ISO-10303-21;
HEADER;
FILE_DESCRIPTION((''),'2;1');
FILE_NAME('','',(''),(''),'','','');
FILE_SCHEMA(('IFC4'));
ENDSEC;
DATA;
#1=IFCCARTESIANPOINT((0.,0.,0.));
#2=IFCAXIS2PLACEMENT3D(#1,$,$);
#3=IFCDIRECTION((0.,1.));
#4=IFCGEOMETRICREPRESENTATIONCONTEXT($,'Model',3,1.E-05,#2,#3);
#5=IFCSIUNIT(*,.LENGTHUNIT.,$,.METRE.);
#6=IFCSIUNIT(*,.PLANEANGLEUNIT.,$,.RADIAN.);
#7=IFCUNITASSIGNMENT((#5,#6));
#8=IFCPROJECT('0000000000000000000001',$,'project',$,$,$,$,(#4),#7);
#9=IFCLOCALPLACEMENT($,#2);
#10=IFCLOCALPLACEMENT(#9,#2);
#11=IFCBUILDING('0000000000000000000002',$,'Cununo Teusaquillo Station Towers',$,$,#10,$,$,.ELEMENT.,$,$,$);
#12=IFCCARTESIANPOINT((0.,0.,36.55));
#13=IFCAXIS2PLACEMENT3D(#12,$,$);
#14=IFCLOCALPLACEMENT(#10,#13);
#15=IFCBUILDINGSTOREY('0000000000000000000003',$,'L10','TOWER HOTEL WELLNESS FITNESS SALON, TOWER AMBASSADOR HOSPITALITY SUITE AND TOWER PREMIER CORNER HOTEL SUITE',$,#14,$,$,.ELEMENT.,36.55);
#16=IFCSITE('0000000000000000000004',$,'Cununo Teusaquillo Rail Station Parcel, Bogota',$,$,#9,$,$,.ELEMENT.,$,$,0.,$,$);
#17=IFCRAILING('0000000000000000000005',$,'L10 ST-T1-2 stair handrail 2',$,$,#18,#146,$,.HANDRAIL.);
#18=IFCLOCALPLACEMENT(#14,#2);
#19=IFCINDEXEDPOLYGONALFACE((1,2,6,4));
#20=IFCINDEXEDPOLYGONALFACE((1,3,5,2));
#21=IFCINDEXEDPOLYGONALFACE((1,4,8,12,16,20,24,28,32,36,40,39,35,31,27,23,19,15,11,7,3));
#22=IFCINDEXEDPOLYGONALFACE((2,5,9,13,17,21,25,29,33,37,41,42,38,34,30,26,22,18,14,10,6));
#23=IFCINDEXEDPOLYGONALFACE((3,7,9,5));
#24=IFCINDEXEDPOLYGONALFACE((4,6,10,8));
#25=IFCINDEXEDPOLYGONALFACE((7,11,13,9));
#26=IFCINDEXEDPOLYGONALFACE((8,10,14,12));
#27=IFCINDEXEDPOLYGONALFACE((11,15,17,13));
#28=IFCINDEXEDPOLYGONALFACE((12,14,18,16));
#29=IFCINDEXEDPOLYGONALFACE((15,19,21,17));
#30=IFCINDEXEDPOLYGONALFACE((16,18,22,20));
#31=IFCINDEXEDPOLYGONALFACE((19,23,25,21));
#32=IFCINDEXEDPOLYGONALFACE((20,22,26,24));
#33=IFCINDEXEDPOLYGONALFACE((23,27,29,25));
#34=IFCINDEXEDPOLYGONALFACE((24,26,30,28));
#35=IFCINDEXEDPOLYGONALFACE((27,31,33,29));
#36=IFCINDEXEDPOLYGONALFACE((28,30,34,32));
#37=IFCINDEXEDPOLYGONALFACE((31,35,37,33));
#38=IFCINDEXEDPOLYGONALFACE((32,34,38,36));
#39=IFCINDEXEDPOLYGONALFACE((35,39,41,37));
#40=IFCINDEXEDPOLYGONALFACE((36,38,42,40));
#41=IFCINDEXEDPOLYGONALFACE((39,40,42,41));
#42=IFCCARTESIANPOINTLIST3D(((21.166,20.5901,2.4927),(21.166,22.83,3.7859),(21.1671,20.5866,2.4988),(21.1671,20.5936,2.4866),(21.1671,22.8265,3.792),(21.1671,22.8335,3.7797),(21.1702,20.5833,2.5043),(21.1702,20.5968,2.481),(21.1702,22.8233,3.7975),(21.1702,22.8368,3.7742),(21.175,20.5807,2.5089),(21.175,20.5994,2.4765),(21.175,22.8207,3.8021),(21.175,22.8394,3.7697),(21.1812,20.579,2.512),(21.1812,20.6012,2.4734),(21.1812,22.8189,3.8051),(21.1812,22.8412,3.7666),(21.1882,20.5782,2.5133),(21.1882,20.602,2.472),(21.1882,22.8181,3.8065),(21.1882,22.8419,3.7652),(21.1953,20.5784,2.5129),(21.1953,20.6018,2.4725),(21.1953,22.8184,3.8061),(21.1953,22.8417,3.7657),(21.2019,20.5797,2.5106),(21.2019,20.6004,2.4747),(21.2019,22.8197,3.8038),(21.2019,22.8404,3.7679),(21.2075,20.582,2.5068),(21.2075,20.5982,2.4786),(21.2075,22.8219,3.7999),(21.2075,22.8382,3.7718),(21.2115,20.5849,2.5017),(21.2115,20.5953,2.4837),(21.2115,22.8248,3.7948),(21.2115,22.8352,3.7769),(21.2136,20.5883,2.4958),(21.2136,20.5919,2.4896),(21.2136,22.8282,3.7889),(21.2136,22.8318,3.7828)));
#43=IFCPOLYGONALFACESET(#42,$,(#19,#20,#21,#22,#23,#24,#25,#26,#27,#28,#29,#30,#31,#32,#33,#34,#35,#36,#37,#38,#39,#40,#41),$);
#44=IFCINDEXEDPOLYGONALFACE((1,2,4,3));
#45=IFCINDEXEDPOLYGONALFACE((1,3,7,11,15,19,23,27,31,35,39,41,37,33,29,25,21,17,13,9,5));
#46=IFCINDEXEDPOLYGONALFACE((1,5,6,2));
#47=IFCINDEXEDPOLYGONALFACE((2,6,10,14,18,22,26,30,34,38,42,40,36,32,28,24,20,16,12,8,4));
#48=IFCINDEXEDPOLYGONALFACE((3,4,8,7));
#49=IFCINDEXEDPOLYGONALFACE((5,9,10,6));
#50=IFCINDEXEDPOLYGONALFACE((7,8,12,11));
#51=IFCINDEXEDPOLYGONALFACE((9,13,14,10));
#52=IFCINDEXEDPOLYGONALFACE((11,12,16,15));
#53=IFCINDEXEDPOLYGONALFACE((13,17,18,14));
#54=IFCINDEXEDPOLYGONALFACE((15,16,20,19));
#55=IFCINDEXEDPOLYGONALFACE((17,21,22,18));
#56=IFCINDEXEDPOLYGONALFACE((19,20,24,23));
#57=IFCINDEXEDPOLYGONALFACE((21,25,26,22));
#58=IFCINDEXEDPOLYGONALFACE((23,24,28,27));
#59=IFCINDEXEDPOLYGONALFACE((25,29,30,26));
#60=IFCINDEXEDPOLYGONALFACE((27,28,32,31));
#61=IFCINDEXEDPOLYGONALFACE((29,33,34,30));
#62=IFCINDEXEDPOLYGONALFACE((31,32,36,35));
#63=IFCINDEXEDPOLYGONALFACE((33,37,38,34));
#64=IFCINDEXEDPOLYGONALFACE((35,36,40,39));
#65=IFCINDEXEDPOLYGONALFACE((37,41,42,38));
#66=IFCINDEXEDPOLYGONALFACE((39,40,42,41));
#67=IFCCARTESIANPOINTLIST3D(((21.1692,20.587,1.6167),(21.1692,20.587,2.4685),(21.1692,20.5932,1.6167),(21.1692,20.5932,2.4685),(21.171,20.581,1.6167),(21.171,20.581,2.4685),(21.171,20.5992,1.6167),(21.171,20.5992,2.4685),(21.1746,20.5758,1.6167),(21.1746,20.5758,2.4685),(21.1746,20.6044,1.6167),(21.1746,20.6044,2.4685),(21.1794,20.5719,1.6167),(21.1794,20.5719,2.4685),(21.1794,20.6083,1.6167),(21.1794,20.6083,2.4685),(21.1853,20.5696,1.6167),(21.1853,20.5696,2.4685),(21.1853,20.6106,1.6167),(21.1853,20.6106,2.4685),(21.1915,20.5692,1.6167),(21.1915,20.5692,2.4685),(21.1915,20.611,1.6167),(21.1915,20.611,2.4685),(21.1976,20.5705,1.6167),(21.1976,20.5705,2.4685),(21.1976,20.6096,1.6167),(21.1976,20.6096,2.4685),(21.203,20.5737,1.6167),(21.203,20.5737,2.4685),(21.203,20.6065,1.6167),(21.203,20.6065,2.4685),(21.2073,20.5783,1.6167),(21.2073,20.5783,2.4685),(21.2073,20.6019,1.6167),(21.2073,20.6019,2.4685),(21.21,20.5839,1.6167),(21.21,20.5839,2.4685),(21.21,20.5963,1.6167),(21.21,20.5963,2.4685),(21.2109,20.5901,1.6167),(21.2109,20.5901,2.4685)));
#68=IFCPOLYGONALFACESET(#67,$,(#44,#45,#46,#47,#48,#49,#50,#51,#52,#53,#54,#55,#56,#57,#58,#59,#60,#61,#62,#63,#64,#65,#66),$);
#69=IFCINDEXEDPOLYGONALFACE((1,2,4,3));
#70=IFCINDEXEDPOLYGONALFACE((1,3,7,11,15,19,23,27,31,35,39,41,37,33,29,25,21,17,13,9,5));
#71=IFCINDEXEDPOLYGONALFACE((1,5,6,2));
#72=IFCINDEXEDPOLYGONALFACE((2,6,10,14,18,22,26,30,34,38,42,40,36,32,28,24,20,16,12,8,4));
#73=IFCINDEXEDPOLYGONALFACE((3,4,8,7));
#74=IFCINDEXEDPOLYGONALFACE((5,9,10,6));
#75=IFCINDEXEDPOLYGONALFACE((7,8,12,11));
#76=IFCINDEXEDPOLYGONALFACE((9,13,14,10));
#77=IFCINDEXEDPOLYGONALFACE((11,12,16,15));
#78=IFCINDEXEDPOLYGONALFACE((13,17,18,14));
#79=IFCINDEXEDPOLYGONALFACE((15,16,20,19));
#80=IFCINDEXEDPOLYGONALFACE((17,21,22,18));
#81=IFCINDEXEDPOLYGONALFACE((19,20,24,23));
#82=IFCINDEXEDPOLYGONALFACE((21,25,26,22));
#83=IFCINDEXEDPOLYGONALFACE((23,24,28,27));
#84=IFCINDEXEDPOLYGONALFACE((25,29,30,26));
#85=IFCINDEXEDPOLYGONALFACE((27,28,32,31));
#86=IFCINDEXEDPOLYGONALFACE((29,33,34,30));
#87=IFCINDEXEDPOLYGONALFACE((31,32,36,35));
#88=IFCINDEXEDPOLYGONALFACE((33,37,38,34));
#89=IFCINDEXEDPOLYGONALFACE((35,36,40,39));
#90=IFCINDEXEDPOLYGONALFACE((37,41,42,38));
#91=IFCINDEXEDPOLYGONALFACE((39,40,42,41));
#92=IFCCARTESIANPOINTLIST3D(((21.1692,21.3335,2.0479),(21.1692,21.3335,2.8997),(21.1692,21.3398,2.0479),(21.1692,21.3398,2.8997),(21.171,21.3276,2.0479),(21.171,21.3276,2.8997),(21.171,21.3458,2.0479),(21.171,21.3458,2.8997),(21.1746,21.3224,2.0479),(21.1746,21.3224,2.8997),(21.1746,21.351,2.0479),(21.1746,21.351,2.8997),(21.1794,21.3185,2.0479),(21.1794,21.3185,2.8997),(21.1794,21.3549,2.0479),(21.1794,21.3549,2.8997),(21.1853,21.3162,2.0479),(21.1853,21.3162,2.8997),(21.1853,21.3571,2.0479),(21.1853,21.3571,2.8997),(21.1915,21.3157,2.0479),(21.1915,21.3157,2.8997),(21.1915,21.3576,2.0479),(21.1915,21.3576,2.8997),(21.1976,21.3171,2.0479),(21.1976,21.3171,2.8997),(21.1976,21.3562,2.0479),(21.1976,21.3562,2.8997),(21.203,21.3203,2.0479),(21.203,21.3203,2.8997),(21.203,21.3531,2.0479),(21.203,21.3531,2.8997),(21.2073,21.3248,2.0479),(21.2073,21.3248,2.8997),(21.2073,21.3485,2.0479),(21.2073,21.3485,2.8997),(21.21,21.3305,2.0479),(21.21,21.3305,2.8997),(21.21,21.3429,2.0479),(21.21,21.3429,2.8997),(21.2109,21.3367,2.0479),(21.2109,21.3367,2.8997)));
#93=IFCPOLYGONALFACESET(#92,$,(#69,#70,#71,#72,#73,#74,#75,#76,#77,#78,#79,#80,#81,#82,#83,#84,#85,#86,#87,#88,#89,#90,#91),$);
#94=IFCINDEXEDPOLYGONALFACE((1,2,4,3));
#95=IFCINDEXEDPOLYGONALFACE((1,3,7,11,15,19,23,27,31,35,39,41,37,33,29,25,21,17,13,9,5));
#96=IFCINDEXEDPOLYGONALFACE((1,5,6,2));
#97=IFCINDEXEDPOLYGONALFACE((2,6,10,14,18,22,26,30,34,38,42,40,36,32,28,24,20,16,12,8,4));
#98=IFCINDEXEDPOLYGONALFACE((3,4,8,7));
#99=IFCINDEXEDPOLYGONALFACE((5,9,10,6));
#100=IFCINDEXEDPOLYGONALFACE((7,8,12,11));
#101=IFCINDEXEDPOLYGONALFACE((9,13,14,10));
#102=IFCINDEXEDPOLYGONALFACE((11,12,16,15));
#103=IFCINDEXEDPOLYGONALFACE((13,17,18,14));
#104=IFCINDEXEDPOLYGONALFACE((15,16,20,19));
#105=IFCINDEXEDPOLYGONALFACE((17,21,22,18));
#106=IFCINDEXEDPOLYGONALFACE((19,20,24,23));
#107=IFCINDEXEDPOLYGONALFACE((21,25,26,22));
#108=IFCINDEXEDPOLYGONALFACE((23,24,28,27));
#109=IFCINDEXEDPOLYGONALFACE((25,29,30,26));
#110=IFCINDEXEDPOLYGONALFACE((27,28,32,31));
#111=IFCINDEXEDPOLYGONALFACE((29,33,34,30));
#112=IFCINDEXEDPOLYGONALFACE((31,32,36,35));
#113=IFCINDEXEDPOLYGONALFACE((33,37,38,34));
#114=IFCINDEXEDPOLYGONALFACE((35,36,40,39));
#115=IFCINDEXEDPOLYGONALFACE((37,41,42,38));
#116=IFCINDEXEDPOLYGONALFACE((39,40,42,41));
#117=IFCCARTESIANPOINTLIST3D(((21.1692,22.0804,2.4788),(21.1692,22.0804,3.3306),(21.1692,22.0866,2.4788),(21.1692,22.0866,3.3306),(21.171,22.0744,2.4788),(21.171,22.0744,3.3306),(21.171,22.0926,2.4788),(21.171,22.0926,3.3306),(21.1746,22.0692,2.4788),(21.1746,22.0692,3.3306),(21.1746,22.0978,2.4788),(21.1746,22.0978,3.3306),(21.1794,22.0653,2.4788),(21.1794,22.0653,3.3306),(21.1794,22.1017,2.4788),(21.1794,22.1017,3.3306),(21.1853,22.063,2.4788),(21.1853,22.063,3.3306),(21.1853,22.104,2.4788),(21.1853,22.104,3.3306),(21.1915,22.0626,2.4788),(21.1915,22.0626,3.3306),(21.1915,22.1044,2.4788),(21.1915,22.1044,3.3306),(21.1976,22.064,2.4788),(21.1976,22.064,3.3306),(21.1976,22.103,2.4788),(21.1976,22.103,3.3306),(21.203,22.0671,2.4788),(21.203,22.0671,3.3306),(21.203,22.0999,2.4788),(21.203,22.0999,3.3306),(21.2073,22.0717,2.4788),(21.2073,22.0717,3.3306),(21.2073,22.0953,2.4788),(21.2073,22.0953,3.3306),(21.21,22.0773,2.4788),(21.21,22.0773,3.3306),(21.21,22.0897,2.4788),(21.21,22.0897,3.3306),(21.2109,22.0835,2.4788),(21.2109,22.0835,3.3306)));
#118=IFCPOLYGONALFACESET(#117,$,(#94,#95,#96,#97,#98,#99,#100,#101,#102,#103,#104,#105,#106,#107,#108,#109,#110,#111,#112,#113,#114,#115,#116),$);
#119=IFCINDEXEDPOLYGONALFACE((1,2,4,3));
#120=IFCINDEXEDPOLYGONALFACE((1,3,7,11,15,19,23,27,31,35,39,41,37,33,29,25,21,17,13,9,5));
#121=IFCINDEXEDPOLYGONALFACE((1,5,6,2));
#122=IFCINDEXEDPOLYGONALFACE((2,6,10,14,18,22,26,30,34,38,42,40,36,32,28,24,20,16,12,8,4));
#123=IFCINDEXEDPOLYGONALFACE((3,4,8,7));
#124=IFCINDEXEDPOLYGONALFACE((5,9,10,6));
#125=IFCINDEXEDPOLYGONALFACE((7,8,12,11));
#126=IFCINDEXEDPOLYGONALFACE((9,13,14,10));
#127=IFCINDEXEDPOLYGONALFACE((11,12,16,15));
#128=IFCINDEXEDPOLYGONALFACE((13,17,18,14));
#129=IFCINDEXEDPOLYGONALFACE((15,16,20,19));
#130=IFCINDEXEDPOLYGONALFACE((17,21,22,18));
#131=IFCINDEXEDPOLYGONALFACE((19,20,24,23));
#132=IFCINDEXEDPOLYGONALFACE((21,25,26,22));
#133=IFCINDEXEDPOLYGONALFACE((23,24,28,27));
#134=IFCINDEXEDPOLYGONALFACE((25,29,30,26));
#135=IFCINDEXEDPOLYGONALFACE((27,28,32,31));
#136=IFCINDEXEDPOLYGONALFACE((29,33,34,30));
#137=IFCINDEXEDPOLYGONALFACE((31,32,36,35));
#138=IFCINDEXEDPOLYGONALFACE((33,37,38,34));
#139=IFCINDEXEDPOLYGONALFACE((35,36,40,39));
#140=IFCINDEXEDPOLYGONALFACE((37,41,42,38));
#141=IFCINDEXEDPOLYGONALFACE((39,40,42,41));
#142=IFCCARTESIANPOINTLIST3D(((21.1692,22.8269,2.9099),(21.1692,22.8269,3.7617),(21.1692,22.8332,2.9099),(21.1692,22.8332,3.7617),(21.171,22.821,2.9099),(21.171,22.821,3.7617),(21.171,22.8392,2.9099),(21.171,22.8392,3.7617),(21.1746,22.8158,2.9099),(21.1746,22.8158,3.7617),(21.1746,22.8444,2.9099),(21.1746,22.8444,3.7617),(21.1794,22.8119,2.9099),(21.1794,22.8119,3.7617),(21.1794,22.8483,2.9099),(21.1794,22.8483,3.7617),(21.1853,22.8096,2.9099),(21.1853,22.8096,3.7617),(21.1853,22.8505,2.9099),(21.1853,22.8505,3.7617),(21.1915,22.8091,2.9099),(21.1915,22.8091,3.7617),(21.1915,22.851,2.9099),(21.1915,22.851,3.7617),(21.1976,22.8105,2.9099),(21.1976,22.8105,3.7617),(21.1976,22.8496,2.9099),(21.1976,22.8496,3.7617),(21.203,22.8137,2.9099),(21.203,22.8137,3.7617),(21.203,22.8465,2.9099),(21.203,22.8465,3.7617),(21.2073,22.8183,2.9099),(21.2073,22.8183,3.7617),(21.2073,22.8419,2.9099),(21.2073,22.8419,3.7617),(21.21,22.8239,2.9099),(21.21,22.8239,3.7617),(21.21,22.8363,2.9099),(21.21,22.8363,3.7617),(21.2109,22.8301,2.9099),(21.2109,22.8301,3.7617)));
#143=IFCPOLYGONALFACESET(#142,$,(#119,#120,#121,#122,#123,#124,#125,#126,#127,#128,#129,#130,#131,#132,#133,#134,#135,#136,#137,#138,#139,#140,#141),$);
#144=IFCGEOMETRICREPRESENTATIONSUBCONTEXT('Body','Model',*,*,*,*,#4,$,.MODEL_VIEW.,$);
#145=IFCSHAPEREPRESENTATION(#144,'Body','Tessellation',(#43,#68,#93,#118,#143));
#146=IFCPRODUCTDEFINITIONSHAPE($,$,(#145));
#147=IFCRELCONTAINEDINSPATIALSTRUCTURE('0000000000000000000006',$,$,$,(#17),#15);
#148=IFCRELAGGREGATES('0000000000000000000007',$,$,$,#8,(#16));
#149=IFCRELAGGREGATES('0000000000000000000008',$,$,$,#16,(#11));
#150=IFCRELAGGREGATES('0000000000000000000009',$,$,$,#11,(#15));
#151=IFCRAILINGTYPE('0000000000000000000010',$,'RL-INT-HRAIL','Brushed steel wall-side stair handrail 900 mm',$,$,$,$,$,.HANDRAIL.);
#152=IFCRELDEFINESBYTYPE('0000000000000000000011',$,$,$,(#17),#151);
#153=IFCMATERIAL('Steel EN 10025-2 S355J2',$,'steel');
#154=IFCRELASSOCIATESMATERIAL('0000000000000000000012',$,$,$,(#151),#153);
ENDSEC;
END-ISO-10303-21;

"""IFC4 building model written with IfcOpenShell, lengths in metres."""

from ifc_helpers import new_model, si_unit, direction, frame, origin, origin_2d, place, context, subcontext, project, spatial, circle, extrude, material, type_object, element, save


model = new_model("IFC4")

# Units and contexts
model_context = context("Model", 3, precision=1e-05, world=origin(), true_north=direction((0.0, 1.0)))
body_context = subcontext(model_context, "Body", "Model", "MODEL_VIEW")
ifc_project = project(units=[si_unit("LENGTHUNIT", "METRE"), si_unit("PLANEANGLEUNIT", "RADIAN")], contexts=[model_context])

# Site, building, storey
site_placement = place(None, origin())
site = spatial("IfcSite", under=ifc_project, at=site_placement, Name="Cununo Teusaquillo Rail Station Parcel, Bogota", CompositionType="ELEMENT", RefElevation=0.0)
building_placement = place(site_placement, origin())
building = spatial("IfcBuilding", under=site, at=building_placement, Name="Cununo Teusaquillo Station Towers", CompositionType="ELEMENT")
storey_placement = place(building_placement, frame((0.0, 0.0, 36.55)))
storey = spatial("IfcBuildingStorey", under=building, at=storey_placement, Name="L10", Description="TOWER HOTEL WELLNESS FITNESS SALON, TOWER AMBASSADOR HOSPITALITY SUITE AND TOWER PREMIER CORNER HOTEL SUITE", CompositionType="ELEMENT", Elevation=36.55)

# Railing
ifc_material_1 = material(Name="Steel EN 10025-2 S355J2", Category="steel")
railing_type_1 = type_object("IfcRailingType", Name="RL-INT-HRAIL", Description="Brushed steel wall-side stair handrail 900 mm", PredefinedType="HANDRAIL", material=ifc_material_1)
railing_1_placement = place(storey_placement, frame((21.1899, 20.5901, 1.6167)))
element("IfcRailing", 1, at=railing_1_placement, inside=storey, type_object=railing_type_1, Name="L10 ST-T1-2 stair handrail 2", PredefinedType="HANDRAIL", context=body_context, shape_type="SweptSolid", body=[
    extrude(circle(Radius=0.0239, at=origin_2d()), frame((0.0, 0.0, 0.876), z_axis=(0.0, 0.866033, 0.499987), x_axis=(-1.0, 0.0, 0.0)), (0.0, 0.0, 1.0), 2.5864),
    extrude(circle(Radius=0.021, at=origin_2d()), origin(), (0.0, 0.0, 1.0), 0.8518),
    extrude(circle(Radius=0.021, at=origin_2d()), frame((0.0, 0.7466, 0.4312)), (0.0, 0.0, 1.0), 0.8518),
    extrude(circle(Radius=0.021, at=origin_2d()), frame((0.0, 1.4934, 0.8621)), (0.0, 0.0, 1.0), 0.8518),
    extrude(circle(Radius=0.021, at=origin_2d()), frame((0.0, 2.24, 1.2932)), (0.0, 0.0, 1.0), 0.8518),
])

save(model, "model.ifc")
